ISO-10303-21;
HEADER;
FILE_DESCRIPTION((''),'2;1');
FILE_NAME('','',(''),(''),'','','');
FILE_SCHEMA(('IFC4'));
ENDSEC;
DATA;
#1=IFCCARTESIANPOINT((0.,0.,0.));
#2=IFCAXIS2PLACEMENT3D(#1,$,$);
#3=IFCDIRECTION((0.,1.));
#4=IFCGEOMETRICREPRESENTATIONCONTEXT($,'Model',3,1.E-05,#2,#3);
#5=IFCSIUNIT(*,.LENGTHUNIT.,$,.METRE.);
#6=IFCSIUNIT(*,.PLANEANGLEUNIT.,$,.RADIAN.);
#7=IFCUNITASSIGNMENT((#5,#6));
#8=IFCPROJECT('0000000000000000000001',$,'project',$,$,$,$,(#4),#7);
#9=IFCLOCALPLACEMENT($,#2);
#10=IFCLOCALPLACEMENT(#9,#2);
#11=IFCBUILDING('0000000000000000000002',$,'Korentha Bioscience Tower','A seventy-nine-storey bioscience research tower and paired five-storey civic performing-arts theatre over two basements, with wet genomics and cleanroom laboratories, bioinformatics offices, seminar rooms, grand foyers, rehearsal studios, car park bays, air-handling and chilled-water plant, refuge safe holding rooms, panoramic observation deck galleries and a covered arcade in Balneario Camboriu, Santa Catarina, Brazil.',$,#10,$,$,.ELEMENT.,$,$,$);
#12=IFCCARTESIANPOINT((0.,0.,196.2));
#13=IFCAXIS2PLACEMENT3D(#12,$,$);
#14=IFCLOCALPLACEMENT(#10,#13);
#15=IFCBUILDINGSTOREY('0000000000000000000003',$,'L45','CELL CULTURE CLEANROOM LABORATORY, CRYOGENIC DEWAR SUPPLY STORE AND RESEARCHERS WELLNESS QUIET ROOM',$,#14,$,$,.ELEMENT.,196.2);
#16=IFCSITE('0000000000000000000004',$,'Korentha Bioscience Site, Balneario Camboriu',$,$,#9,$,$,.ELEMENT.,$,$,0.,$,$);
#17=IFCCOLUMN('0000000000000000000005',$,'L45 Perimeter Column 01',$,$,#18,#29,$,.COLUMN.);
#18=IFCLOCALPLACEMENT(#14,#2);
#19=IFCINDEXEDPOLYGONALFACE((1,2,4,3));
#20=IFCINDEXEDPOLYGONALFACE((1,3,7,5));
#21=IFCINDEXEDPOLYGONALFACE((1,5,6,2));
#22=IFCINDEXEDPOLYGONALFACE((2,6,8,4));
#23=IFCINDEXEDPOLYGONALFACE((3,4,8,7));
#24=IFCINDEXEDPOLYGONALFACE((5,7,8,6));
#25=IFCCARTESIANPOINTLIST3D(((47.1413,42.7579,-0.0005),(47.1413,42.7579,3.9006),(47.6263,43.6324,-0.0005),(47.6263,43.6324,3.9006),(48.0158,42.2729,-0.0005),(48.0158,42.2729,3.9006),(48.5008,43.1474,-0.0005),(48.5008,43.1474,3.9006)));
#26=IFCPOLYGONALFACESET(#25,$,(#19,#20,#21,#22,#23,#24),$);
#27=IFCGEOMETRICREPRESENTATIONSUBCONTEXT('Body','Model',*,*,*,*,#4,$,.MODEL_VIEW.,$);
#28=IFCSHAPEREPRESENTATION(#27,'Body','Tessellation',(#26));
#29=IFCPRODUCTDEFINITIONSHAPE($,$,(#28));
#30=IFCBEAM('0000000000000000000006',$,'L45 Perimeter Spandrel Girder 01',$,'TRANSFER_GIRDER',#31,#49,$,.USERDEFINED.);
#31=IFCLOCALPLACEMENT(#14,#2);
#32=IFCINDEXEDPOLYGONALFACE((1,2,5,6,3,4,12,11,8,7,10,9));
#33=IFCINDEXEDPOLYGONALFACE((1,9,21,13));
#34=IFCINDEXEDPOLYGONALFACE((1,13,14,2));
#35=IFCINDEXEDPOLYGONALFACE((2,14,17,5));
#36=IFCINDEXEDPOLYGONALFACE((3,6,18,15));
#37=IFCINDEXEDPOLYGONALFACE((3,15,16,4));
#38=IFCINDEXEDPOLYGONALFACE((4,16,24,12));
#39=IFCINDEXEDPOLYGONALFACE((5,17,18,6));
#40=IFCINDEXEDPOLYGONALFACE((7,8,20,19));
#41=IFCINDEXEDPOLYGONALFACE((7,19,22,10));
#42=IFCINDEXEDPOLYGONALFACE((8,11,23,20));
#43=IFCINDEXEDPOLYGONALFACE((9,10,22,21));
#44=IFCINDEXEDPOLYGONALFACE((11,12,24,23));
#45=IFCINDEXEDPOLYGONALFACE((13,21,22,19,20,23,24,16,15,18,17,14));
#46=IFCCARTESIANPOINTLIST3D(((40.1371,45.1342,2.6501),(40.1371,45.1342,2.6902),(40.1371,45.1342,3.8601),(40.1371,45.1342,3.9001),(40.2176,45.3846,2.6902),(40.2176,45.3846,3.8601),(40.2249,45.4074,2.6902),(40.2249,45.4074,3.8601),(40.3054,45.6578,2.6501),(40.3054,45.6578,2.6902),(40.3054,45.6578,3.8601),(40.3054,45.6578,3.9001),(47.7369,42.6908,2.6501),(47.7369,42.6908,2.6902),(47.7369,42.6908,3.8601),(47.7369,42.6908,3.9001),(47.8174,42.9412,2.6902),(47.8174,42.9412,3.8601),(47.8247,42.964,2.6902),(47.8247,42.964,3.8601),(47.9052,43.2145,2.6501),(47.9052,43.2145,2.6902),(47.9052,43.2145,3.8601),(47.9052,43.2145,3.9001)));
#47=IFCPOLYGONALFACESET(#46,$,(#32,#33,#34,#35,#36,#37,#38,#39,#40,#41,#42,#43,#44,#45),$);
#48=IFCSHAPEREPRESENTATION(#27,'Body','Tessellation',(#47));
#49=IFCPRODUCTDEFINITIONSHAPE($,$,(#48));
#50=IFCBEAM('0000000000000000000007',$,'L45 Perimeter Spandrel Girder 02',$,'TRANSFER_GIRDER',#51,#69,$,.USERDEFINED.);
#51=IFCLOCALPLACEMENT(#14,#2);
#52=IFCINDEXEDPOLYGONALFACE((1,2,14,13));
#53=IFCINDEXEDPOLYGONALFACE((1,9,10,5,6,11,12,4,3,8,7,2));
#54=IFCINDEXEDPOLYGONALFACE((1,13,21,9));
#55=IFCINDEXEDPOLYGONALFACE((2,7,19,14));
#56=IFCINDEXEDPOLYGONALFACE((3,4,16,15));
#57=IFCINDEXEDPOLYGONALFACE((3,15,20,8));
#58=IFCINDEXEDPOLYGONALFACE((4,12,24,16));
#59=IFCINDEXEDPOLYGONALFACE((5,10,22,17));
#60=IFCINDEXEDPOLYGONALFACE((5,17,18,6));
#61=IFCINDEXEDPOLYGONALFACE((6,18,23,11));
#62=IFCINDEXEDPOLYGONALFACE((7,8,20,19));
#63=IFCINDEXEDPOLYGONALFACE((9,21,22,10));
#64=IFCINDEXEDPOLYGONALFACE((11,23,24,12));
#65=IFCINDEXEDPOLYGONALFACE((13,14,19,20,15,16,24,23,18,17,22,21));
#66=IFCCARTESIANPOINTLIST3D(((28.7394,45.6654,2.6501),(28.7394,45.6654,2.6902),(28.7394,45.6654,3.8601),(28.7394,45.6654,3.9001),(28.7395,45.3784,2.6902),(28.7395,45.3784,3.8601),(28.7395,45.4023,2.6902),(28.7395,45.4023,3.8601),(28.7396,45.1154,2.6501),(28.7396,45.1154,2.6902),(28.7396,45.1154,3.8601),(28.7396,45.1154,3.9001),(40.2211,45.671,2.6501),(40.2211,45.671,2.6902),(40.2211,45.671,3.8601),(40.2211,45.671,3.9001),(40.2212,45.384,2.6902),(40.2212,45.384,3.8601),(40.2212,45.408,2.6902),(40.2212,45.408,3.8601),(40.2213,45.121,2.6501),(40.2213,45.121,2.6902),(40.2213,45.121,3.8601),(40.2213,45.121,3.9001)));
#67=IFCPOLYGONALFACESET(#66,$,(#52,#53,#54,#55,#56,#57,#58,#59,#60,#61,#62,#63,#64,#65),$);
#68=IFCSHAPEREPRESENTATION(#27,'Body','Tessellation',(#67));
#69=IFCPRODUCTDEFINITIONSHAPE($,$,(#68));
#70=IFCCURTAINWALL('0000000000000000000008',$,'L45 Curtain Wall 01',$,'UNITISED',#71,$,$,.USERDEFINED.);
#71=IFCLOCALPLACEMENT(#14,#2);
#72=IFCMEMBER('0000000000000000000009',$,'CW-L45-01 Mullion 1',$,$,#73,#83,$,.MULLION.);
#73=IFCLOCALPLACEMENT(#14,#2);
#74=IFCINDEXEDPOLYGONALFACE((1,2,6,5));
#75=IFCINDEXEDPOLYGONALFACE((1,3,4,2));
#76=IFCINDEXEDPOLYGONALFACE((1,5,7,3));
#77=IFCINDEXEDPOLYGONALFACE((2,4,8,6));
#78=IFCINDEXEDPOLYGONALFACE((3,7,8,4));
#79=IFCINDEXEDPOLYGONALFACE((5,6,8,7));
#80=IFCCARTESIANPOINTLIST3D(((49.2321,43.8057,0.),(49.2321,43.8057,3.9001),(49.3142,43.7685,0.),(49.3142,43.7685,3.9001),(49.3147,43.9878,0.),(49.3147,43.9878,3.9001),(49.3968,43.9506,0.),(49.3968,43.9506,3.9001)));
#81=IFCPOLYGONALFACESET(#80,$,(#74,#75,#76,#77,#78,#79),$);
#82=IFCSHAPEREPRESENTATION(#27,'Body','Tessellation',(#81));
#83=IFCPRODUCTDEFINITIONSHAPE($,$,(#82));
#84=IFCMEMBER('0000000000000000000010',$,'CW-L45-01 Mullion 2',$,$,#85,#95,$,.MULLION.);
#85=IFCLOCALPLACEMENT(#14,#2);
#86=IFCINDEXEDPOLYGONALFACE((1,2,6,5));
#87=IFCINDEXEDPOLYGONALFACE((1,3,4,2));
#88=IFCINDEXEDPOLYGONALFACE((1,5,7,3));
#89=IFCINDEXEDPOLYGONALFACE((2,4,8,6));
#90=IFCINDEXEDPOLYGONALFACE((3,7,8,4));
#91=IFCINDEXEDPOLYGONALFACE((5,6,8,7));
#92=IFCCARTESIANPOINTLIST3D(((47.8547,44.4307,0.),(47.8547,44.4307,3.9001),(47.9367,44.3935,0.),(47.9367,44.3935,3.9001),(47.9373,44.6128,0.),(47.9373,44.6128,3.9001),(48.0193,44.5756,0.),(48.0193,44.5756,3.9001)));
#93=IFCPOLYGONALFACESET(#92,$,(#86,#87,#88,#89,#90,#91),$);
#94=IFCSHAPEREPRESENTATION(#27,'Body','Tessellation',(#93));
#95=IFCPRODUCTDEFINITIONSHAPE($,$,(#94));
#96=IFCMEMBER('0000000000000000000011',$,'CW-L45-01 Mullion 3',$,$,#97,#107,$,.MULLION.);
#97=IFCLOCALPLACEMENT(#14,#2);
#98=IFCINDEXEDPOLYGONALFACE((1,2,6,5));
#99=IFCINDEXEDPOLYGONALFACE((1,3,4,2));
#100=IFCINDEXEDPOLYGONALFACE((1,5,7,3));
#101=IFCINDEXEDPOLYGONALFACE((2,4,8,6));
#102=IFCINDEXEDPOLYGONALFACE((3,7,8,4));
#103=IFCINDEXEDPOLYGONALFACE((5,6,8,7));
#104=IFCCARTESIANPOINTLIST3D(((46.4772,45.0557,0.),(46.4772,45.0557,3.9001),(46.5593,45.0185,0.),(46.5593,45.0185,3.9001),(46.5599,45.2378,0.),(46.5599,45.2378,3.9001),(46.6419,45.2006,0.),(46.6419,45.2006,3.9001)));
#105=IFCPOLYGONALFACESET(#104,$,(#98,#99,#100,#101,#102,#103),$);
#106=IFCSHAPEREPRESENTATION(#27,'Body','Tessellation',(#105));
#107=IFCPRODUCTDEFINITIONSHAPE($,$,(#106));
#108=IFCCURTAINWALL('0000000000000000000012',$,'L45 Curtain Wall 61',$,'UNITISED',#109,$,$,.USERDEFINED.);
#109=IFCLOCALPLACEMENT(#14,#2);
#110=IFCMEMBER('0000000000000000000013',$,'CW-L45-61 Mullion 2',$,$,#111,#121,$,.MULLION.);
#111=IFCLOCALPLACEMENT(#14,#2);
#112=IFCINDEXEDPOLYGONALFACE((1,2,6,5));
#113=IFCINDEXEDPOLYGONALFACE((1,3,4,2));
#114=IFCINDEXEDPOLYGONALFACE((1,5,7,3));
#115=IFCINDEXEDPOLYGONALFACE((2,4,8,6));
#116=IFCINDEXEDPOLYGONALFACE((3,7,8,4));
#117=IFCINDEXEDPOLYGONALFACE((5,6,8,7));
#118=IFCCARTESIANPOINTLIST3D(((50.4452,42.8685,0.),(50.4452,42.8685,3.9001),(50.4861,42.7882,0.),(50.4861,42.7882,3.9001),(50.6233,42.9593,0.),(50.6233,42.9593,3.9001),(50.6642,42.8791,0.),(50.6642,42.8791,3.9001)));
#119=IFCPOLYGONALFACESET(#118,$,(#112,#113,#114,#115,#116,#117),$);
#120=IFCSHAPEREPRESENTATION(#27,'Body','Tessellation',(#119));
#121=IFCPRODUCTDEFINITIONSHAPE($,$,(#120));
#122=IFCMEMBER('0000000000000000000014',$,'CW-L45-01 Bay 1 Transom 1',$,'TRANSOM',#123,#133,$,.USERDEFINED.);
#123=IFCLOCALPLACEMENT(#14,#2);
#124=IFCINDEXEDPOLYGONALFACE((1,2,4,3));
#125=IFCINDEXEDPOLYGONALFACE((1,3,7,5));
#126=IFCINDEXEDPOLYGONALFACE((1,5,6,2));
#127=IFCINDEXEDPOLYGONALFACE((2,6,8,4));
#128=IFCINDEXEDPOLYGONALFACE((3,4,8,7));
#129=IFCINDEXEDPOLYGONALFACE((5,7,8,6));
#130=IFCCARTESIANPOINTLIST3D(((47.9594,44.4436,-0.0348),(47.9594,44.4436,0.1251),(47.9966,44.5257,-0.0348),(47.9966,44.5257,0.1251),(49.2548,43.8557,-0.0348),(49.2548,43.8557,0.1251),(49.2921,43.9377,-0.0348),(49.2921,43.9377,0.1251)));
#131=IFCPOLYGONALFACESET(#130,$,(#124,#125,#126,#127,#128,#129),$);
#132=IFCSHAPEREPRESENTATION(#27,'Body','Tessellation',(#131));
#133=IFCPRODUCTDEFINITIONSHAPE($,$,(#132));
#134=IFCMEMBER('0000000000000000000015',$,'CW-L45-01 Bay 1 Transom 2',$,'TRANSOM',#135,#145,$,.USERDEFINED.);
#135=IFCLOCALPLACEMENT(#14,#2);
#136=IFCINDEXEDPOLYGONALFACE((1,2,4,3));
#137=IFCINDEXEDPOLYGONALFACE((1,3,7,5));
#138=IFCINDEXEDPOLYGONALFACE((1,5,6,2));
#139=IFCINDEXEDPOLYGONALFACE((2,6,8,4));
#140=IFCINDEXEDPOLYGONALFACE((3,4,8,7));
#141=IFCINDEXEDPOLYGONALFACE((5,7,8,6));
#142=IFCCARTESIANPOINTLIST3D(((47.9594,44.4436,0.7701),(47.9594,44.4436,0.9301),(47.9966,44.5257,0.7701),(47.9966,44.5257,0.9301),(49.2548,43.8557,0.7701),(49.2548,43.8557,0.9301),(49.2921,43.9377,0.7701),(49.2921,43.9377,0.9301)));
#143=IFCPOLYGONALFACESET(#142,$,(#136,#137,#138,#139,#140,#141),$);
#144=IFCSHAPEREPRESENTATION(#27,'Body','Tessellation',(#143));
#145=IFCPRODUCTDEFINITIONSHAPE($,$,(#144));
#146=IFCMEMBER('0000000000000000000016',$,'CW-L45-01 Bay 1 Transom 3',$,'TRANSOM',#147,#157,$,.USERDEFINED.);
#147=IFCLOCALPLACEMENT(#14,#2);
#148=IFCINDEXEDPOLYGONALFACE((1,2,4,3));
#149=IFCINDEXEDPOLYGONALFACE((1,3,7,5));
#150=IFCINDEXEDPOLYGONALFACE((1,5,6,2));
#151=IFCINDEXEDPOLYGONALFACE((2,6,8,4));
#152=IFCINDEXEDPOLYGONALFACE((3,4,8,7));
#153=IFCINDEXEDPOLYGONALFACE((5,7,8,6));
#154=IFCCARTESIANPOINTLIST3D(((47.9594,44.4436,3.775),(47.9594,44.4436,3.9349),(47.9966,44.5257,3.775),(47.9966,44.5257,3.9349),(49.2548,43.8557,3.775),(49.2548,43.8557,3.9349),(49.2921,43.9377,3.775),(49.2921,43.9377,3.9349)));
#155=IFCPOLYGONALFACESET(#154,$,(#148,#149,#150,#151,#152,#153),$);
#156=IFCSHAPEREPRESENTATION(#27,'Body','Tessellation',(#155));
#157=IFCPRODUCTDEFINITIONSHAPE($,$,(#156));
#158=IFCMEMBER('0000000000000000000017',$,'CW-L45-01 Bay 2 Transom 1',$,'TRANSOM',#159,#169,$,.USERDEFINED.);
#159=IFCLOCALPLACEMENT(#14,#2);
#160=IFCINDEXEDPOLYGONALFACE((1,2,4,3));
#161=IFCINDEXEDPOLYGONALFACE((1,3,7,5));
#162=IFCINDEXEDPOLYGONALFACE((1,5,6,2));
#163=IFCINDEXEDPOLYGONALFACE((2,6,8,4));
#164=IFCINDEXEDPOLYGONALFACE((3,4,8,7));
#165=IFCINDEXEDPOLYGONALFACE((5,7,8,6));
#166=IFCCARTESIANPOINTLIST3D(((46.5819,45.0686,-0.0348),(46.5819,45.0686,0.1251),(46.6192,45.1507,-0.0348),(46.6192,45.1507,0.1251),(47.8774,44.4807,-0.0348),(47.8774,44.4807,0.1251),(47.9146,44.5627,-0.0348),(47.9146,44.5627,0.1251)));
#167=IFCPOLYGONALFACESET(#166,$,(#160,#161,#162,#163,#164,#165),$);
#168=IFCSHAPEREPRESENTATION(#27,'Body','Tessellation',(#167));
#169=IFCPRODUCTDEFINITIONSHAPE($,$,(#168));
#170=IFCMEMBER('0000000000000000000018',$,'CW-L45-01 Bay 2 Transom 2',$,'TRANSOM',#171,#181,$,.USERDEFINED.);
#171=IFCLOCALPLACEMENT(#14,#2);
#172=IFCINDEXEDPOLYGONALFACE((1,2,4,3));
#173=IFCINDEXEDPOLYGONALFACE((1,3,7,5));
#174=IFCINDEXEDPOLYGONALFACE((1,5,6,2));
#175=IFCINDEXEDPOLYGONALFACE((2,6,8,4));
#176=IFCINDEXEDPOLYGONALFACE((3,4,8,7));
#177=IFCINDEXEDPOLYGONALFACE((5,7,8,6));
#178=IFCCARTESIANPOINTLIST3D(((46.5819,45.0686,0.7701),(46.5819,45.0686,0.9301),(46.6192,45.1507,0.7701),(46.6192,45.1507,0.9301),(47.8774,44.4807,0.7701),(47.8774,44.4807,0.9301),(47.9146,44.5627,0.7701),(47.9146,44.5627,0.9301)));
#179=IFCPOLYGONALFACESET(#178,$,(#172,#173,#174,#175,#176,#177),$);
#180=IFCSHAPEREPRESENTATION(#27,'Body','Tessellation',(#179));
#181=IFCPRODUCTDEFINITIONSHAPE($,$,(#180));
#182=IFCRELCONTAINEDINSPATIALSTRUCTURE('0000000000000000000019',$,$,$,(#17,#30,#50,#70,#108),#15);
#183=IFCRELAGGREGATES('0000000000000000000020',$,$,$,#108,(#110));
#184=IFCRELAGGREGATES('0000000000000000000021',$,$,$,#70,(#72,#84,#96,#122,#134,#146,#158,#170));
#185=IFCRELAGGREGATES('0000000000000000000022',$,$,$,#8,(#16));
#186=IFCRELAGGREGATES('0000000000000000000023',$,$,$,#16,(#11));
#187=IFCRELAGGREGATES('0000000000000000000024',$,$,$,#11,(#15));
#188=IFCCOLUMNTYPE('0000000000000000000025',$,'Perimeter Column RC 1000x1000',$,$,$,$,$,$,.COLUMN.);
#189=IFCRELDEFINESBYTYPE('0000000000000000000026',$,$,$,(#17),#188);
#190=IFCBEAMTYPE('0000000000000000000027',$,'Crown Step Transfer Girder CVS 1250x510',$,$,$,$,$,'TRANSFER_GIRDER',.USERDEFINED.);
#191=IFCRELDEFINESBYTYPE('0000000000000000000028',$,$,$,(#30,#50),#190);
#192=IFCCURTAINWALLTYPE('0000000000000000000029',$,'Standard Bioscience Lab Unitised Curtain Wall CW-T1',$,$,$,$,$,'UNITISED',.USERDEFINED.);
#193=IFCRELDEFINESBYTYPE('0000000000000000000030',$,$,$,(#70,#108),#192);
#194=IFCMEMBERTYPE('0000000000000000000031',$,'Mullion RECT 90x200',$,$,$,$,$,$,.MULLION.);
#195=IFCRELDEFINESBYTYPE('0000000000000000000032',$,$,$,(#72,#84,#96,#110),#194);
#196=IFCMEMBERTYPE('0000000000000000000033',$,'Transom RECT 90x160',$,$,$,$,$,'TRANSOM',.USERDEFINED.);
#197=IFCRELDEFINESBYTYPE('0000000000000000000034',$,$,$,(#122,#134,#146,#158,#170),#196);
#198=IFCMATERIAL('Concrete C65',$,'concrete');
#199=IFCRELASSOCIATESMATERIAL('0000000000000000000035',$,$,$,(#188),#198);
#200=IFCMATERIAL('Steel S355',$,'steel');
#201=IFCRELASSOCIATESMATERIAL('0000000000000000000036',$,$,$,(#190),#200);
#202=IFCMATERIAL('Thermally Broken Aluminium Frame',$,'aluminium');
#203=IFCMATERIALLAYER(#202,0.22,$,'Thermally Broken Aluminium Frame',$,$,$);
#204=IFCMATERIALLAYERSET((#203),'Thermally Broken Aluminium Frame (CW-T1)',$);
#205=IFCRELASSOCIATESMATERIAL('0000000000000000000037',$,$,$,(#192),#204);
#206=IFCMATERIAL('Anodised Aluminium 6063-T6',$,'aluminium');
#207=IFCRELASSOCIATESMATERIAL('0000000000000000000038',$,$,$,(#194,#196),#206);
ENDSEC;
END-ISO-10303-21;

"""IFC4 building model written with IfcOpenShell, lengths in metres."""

from ifc_helpers import new_model, si_unit, direction, frame, origin, origin_2d, place, context, subcontext, project, spatial, rectangle, i_section, extrude, material, layer, layer_set, material_profile, profile_set, type_object, element, aggregate, save


model = new_model("IFC4")

# Units and contexts
model_context = context("Model", 3, precision=1e-05, world=origin(), true_north=direction((0.0, 1.0)))
body_context = subcontext(model_context, "Body", "Model", "MODEL_VIEW")
ifc_project = project(units=[si_unit("LENGTHUNIT", "METRE"), si_unit("PLANEANGLEUNIT", "RADIAN")], contexts=[model_context])

# Site, building, storey
site_placement = place(None, origin())
site = spatial("IfcSite", under=ifc_project, at=site_placement, Name="Korentha Bioscience Site, Balneario Camboriu", CompositionType="ELEMENT", RefElevation=0.0)
building_placement = place(site_placement, origin())
building = spatial("IfcBuilding", under=site, at=building_placement, Name="Korentha Bioscience Tower", Description="A seventy-nine-storey bioscience research tower and paired five-storey civic performing-arts theatre over two basements, with wet genomics and cleanroom laboratories, bioinformatics offices, seminar rooms, grand foyers, rehearsal studios, car park bays, air-handling and chilled-water plant, refuge safe holding rooms, panoramic observation deck galleries and a covered arcade in Balneario Camboriu, Santa Catarina, Brazil.", CompositionType="ELEMENT")
storey_placement = place(building_placement, frame((0.0, 0.0, 196.2)))
storey = spatial("IfcBuildingStorey", under=building, at=storey_placement, Name="L45", Description="CELL CULTURE CLEANROOM LABORATORY, CRYOGENIC DEWAR SUPPLY STORE AND RESEARCHERS WELLNESS QUIET ROOM", CompositionType="ELEMENT", Elevation=196.2)

# Column
ifc_material_1 = material(Name="Concrete C65", Category="concrete")
ifc_material_profile_1 = material_profile(ifc_material_1, rectangle(XDim=1.0, YDim=1.0, at=origin_2d()), Name="Concrete C65")
ifc_profile_set_1 = profile_set([ifc_material_profile_1], Name="Concrete C65 (COL-P10)")
column_type = type_object("IfcColumnType", Name="Perimeter Column RC 1000x1000", PredefinedType="COLUMN", material=ifc_profile_set_1)
column_placement = place(storey_placement, frame((47.821, 42.9526, -0.0005), z_axis=(0.0, 0.0, 1.0), x_axis=(-0.874535, 0.484962, 0.0)))
element("IfcColumn", 1, at=column_placement, inside=storey, type_object=column_type, Name="L45 Perimeter Column 01", PredefinedType="COLUMN", context=body_context, shape_type="SweptSolid", body=[
    extrude(rectangle(XDim=1.0, YDim=1.0, at=origin_2d()), origin(), (0.0, 0.0, 1.0), 3.9011),
])

# Beams
ifc_material_2 = material(Name="Steel S355", Category="steel")
ifc_material_profile_2 = material_profile(ifc_material_2, i_section(OverallWidth=0.55, OverallDepth=1.25, WebThickness=0.0239, FlangeThickness=0.04, at=origin_2d()), Name="Steel S355")
ifc_profile_set_2 = profile_set([ifc_material_profile_2], Name="Steel S355 (TG-03)")
beam_type = type_object("IfcBeamType", Name="Crown Step Transfer Girder CVS 1250x510", ElementType="TRANSFER_GIRDER", PredefinedType="USERDEFINED", material=ifc_profile_set_2)
beam_1_placement = place(storey_placement, frame((47.821, 42.9526, 3.2751), z_axis=(-0.952009, 0.306072, 0.0), x_axis=(-0.306072, -0.952009, 0.0)))
element("IfcBeam", 2, at=beam_1_placement, inside=storey, type_object=beam_type, Name="L45 Perimeter Spandrel Girder 01", ObjectType="TRANSFER_GIRDER", PredefinedType="USERDEFINED", context=body_context, shape_type="SweptSolid", body=[
    extrude(i_section(OverallWidth=0.55, OverallDepth=1.25, WebThickness=0.0239, FlangeThickness=0.04, at=origin_2d()), origin(), (0.0, 0.0, 1.0), 7.9829),
])
beam_2_placement = place(storey_placement, frame((40.2212, 45.396, 3.2751), z_axis=(-1.0, -0.000489, 0.0), x_axis=(0.000489, -1.0, 0.0)))
element("IfcBeam", 3, at=beam_2_placement, inside=storey, type_object=beam_type, Name="L45 Perimeter Spandrel Girder 02", ObjectType="TRANSFER_GIRDER", PredefinedType="USERDEFINED", context=body_context, shape_type="SweptSolid", body=[
    extrude(i_section(OverallWidth=0.55, OverallDepth=1.25, WebThickness=0.0239, FlangeThickness=0.04, at=origin_2d()), origin(), (0.0, 0.0, 1.0), 11.4817),
])

# Curtain wall, members
ifc_material_3 = material(Name="Thermally Broken Aluminium Frame", Category="aluminium")
ifc_layer_1 = layer(ifc_material_3, 0.22, Name="Thermally Broken Aluminium Frame")
ifc_layer_set_1 = layer_set([ifc_layer_1], Name="Thermally Broken Aluminium Frame (CW-T1)")
curtain_wall_type = type_object("IfcCurtainWallType", Name="Standard Bioscience Lab Unitised Curtain Wall CW-T1", ElementType="UNITISED", PredefinedType="USERDEFINED", material=ifc_layer_set_1)
curtain_wall_1_placement = place(storey_placement, origin())
curtain_wall_1 = element("IfcCurtainWall", 4, at=curtain_wall_1_placement, inside=storey, type_object=curtain_wall_type, Name="L45 Curtain Wall 01", ObjectType="UNITISED", PredefinedType="USERDEFINED")
ifc_material_4 = material(Name="Anodised Aluminium 6063-T6", Category="aluminium")
ifc_material_profile_3 = material_profile(ifc_material_4, rectangle(XDim=0.0901, YDim=0.2, at=origin_2d()), Name="Anodised Aluminium 6063-T6")
ifc_profile_set_3 = profile_set([ifc_material_profile_3], Name="Anodised Aluminium 6063-T6 (CW-MUL)")
member_type_1 = type_object("IfcMemberType", Name="Mullion RECT 90x200", PredefinedType="MULLION", material=ifc_profile_set_3)
member_1_placement = place(storey_placement, frame((49.3145, 43.8782, 0.0), z_axis=(0.0, 0.0, 1.0), x_axis=(-0.910644, 0.413191, 0.0)))
member_1 = element("IfcMember", 5, at=member_1_placement, type_object=member_type_1, Name="CW-L45-01 Mullion 1", PredefinedType="MULLION", context=body_context, shape_type="SweptSolid", body=[
    extrude(rectangle(XDim=0.0901, YDim=0.2, at=origin_2d()), origin(), (0.0, 0.0, 1.0), 3.9001),
])
member_2_placement = place(storey_placement, frame((47.937, 44.5032, 0.0), z_axis=(0.0, 0.0, 1.0), x_axis=(-0.910644, 0.413191, 0.0)))
member_2 = element("IfcMember", 6, at=member_2_placement, type_object=member_type_1, Name="CW-L45-01 Mullion 2", PredefinedType="MULLION", context=body_context, shape_type="SweptSolid", body=[
    extrude(rectangle(XDim=0.0901, YDim=0.2, at=origin_2d()), origin(), (0.0, 0.0, 1.0), 3.9001),
])
member_3_placement = place(storey_placement, frame((46.5596, 45.1282, 0.0), z_axis=(0.0, 0.0, 1.0), x_axis=(-0.910644, 0.413191, 0.0)))
member_3 = element("IfcMember", 7, at=member_3_placement, type_object=member_type_1, Name="CW-L45-01 Mullion 3", PredefinedType="MULLION", context=body_context, shape_type="SweptSolid", body=[
    extrude(rectangle(XDim=0.0901, YDim=0.2, at=origin_2d()), origin(), (0.0, 0.0, 1.0), 3.9001),
])

# Curtain wall, member
curtain_wall_2_placement = place(storey_placement, origin())
curtain_wall_2 = element("IfcCurtainWall", 8, at=curtain_wall_2_placement, inside=storey, type_object=curtain_wall_type, Name="L45 Curtain Wall 61", ObjectType="UNITISED", PredefinedType="USERDEFINED")
member_4_placement = place(storey_placement, frame((50.5547, 42.8738, 0.0), z_axis=(0.0, 0.0, 1.0), x_axis=(-0.454288, 0.890855, 0.0)))
member_4 = element("IfcMember", 9, at=member_4_placement, type_object=member_type_1, Name="CW-L45-61 Mullion 2", PredefinedType="MULLION", context=body_context, shape_type="SweptSolid", body=[
    extrude(rectangle(XDim=0.0901, YDim=0.2, at=origin_2d()), origin(), (0.0, 0.0, 1.0), 3.9001),
])
aggregate(curtain_wall_2, [member_4])

# Members
ifc_material_profile_4 = material_profile(ifc_material_4, rectangle(XDim=0.0901, YDim=0.1599, at=origin_2d()), Name="Anodised Aluminium 6063-T6")
ifc_profile_set_4 = profile_set([ifc_material_profile_4], Name="Anodised Aluminium 6063-T6 (CW-TRN)")
member_type_2 = type_object("IfcMemberType", Name="Transom RECT 90x160", ElementType="TRANSOM", PredefinedType="USERDEFINED", material=ifc_profile_set_4)
member_5_placement = place(storey_placement, frame((49.2734, 43.8967, 0.0452), z_axis=(-0.910613, 0.41326, 0.0), x_axis=(-0.41326, -0.910613, 0.0)))
member_5 = element("IfcMember", 10, at=member_5_placement, type_object=member_type_2, Name="CW-L45-01 Bay 1 Transom 1", ObjectType="TRANSOM", PredefinedType="USERDEFINED", context=body_context, shape_type="SweptSolid", body=[
    extrude(rectangle(XDim=0.0901, YDim=0.1599, at=origin_2d()), origin(), (0.0, 0.0, 1.0), 1.4226),
])
member_6_placement = place(storey_placement, frame((49.2734, 43.8967, 0.8501), z_axis=(-0.910613, 0.41326, 0.0), x_axis=(-0.41326, -0.910613, 0.0)))
member_6 = element("IfcMember", 11, at=member_6_placement, type_object=member_type_2, Name="CW-L45-01 Bay 1 Transom 2", ObjectType="TRANSOM", PredefinedType="USERDEFINED", context=body_context, shape_type="SweptSolid", body=[
    extrude(rectangle(XDim=0.0901, YDim=0.1599, at=origin_2d()), origin(), (0.0, 0.0, 1.0), 1.4226),
])
member_7_placement = place(storey_placement, frame((49.2734, 43.8967, 3.855), z_axis=(-0.910613, 0.41326, 0.0), x_axis=(-0.41326, -0.910613, 0.0)))
member_7 = element("IfcMember", 12, at=member_7_placement, type_object=member_type_2, Name="CW-L45-01 Bay 1 Transom 3", ObjectType="TRANSOM", PredefinedType="USERDEFINED", context=body_context, shape_type="SweptSolid", body=[
    extrude(rectangle(XDim=0.0901, YDim=0.1599, at=origin_2d()), origin(), (0.0, 0.0, 1.0), 1.4226),
])
member_8_placement = place(storey_placement, frame((47.896, 44.5217, 0.0452), z_axis=(-0.910613, 0.41326, 0.0), x_axis=(-0.41326, -0.910613, 0.0)))
member_8 = element("IfcMember", 13, at=member_8_placement, type_object=member_type_2, Name="CW-L45-01 Bay 2 Transom 1", ObjectType="TRANSOM", PredefinedType="USERDEFINED", context=body_context, shape_type="SweptSolid", body=[
    extrude(rectangle(XDim=0.0901, YDim=0.1599, at=origin_2d()), origin(), (0.0, 0.0, 1.0), 1.4226),
])
member_9_placement = place(storey_placement, frame((47.896, 44.5217, 0.8501), z_axis=(-0.910613, 0.41326, 0.0), x_axis=(-0.41326, -0.910613, 0.0)))
member_9 = element("IfcMember", 14, at=member_9_placement, type_object=member_type_2, Name="CW-L45-01 Bay 2 Transom 2", ObjectType="TRANSOM", PredefinedType="USERDEFINED", context=body_context, shape_type="SweptSolid", body=[
    extrude(rectangle(XDim=0.0901, YDim=0.1599, at=origin_2d()), origin(), (0.0, 0.0, 1.0), 1.4226),
])

aggregate(curtain_wall_1, [member_1, member_2, member_3, member_5, member_6, member_7, member_8, member_9])

save(model, "model.ifc")
